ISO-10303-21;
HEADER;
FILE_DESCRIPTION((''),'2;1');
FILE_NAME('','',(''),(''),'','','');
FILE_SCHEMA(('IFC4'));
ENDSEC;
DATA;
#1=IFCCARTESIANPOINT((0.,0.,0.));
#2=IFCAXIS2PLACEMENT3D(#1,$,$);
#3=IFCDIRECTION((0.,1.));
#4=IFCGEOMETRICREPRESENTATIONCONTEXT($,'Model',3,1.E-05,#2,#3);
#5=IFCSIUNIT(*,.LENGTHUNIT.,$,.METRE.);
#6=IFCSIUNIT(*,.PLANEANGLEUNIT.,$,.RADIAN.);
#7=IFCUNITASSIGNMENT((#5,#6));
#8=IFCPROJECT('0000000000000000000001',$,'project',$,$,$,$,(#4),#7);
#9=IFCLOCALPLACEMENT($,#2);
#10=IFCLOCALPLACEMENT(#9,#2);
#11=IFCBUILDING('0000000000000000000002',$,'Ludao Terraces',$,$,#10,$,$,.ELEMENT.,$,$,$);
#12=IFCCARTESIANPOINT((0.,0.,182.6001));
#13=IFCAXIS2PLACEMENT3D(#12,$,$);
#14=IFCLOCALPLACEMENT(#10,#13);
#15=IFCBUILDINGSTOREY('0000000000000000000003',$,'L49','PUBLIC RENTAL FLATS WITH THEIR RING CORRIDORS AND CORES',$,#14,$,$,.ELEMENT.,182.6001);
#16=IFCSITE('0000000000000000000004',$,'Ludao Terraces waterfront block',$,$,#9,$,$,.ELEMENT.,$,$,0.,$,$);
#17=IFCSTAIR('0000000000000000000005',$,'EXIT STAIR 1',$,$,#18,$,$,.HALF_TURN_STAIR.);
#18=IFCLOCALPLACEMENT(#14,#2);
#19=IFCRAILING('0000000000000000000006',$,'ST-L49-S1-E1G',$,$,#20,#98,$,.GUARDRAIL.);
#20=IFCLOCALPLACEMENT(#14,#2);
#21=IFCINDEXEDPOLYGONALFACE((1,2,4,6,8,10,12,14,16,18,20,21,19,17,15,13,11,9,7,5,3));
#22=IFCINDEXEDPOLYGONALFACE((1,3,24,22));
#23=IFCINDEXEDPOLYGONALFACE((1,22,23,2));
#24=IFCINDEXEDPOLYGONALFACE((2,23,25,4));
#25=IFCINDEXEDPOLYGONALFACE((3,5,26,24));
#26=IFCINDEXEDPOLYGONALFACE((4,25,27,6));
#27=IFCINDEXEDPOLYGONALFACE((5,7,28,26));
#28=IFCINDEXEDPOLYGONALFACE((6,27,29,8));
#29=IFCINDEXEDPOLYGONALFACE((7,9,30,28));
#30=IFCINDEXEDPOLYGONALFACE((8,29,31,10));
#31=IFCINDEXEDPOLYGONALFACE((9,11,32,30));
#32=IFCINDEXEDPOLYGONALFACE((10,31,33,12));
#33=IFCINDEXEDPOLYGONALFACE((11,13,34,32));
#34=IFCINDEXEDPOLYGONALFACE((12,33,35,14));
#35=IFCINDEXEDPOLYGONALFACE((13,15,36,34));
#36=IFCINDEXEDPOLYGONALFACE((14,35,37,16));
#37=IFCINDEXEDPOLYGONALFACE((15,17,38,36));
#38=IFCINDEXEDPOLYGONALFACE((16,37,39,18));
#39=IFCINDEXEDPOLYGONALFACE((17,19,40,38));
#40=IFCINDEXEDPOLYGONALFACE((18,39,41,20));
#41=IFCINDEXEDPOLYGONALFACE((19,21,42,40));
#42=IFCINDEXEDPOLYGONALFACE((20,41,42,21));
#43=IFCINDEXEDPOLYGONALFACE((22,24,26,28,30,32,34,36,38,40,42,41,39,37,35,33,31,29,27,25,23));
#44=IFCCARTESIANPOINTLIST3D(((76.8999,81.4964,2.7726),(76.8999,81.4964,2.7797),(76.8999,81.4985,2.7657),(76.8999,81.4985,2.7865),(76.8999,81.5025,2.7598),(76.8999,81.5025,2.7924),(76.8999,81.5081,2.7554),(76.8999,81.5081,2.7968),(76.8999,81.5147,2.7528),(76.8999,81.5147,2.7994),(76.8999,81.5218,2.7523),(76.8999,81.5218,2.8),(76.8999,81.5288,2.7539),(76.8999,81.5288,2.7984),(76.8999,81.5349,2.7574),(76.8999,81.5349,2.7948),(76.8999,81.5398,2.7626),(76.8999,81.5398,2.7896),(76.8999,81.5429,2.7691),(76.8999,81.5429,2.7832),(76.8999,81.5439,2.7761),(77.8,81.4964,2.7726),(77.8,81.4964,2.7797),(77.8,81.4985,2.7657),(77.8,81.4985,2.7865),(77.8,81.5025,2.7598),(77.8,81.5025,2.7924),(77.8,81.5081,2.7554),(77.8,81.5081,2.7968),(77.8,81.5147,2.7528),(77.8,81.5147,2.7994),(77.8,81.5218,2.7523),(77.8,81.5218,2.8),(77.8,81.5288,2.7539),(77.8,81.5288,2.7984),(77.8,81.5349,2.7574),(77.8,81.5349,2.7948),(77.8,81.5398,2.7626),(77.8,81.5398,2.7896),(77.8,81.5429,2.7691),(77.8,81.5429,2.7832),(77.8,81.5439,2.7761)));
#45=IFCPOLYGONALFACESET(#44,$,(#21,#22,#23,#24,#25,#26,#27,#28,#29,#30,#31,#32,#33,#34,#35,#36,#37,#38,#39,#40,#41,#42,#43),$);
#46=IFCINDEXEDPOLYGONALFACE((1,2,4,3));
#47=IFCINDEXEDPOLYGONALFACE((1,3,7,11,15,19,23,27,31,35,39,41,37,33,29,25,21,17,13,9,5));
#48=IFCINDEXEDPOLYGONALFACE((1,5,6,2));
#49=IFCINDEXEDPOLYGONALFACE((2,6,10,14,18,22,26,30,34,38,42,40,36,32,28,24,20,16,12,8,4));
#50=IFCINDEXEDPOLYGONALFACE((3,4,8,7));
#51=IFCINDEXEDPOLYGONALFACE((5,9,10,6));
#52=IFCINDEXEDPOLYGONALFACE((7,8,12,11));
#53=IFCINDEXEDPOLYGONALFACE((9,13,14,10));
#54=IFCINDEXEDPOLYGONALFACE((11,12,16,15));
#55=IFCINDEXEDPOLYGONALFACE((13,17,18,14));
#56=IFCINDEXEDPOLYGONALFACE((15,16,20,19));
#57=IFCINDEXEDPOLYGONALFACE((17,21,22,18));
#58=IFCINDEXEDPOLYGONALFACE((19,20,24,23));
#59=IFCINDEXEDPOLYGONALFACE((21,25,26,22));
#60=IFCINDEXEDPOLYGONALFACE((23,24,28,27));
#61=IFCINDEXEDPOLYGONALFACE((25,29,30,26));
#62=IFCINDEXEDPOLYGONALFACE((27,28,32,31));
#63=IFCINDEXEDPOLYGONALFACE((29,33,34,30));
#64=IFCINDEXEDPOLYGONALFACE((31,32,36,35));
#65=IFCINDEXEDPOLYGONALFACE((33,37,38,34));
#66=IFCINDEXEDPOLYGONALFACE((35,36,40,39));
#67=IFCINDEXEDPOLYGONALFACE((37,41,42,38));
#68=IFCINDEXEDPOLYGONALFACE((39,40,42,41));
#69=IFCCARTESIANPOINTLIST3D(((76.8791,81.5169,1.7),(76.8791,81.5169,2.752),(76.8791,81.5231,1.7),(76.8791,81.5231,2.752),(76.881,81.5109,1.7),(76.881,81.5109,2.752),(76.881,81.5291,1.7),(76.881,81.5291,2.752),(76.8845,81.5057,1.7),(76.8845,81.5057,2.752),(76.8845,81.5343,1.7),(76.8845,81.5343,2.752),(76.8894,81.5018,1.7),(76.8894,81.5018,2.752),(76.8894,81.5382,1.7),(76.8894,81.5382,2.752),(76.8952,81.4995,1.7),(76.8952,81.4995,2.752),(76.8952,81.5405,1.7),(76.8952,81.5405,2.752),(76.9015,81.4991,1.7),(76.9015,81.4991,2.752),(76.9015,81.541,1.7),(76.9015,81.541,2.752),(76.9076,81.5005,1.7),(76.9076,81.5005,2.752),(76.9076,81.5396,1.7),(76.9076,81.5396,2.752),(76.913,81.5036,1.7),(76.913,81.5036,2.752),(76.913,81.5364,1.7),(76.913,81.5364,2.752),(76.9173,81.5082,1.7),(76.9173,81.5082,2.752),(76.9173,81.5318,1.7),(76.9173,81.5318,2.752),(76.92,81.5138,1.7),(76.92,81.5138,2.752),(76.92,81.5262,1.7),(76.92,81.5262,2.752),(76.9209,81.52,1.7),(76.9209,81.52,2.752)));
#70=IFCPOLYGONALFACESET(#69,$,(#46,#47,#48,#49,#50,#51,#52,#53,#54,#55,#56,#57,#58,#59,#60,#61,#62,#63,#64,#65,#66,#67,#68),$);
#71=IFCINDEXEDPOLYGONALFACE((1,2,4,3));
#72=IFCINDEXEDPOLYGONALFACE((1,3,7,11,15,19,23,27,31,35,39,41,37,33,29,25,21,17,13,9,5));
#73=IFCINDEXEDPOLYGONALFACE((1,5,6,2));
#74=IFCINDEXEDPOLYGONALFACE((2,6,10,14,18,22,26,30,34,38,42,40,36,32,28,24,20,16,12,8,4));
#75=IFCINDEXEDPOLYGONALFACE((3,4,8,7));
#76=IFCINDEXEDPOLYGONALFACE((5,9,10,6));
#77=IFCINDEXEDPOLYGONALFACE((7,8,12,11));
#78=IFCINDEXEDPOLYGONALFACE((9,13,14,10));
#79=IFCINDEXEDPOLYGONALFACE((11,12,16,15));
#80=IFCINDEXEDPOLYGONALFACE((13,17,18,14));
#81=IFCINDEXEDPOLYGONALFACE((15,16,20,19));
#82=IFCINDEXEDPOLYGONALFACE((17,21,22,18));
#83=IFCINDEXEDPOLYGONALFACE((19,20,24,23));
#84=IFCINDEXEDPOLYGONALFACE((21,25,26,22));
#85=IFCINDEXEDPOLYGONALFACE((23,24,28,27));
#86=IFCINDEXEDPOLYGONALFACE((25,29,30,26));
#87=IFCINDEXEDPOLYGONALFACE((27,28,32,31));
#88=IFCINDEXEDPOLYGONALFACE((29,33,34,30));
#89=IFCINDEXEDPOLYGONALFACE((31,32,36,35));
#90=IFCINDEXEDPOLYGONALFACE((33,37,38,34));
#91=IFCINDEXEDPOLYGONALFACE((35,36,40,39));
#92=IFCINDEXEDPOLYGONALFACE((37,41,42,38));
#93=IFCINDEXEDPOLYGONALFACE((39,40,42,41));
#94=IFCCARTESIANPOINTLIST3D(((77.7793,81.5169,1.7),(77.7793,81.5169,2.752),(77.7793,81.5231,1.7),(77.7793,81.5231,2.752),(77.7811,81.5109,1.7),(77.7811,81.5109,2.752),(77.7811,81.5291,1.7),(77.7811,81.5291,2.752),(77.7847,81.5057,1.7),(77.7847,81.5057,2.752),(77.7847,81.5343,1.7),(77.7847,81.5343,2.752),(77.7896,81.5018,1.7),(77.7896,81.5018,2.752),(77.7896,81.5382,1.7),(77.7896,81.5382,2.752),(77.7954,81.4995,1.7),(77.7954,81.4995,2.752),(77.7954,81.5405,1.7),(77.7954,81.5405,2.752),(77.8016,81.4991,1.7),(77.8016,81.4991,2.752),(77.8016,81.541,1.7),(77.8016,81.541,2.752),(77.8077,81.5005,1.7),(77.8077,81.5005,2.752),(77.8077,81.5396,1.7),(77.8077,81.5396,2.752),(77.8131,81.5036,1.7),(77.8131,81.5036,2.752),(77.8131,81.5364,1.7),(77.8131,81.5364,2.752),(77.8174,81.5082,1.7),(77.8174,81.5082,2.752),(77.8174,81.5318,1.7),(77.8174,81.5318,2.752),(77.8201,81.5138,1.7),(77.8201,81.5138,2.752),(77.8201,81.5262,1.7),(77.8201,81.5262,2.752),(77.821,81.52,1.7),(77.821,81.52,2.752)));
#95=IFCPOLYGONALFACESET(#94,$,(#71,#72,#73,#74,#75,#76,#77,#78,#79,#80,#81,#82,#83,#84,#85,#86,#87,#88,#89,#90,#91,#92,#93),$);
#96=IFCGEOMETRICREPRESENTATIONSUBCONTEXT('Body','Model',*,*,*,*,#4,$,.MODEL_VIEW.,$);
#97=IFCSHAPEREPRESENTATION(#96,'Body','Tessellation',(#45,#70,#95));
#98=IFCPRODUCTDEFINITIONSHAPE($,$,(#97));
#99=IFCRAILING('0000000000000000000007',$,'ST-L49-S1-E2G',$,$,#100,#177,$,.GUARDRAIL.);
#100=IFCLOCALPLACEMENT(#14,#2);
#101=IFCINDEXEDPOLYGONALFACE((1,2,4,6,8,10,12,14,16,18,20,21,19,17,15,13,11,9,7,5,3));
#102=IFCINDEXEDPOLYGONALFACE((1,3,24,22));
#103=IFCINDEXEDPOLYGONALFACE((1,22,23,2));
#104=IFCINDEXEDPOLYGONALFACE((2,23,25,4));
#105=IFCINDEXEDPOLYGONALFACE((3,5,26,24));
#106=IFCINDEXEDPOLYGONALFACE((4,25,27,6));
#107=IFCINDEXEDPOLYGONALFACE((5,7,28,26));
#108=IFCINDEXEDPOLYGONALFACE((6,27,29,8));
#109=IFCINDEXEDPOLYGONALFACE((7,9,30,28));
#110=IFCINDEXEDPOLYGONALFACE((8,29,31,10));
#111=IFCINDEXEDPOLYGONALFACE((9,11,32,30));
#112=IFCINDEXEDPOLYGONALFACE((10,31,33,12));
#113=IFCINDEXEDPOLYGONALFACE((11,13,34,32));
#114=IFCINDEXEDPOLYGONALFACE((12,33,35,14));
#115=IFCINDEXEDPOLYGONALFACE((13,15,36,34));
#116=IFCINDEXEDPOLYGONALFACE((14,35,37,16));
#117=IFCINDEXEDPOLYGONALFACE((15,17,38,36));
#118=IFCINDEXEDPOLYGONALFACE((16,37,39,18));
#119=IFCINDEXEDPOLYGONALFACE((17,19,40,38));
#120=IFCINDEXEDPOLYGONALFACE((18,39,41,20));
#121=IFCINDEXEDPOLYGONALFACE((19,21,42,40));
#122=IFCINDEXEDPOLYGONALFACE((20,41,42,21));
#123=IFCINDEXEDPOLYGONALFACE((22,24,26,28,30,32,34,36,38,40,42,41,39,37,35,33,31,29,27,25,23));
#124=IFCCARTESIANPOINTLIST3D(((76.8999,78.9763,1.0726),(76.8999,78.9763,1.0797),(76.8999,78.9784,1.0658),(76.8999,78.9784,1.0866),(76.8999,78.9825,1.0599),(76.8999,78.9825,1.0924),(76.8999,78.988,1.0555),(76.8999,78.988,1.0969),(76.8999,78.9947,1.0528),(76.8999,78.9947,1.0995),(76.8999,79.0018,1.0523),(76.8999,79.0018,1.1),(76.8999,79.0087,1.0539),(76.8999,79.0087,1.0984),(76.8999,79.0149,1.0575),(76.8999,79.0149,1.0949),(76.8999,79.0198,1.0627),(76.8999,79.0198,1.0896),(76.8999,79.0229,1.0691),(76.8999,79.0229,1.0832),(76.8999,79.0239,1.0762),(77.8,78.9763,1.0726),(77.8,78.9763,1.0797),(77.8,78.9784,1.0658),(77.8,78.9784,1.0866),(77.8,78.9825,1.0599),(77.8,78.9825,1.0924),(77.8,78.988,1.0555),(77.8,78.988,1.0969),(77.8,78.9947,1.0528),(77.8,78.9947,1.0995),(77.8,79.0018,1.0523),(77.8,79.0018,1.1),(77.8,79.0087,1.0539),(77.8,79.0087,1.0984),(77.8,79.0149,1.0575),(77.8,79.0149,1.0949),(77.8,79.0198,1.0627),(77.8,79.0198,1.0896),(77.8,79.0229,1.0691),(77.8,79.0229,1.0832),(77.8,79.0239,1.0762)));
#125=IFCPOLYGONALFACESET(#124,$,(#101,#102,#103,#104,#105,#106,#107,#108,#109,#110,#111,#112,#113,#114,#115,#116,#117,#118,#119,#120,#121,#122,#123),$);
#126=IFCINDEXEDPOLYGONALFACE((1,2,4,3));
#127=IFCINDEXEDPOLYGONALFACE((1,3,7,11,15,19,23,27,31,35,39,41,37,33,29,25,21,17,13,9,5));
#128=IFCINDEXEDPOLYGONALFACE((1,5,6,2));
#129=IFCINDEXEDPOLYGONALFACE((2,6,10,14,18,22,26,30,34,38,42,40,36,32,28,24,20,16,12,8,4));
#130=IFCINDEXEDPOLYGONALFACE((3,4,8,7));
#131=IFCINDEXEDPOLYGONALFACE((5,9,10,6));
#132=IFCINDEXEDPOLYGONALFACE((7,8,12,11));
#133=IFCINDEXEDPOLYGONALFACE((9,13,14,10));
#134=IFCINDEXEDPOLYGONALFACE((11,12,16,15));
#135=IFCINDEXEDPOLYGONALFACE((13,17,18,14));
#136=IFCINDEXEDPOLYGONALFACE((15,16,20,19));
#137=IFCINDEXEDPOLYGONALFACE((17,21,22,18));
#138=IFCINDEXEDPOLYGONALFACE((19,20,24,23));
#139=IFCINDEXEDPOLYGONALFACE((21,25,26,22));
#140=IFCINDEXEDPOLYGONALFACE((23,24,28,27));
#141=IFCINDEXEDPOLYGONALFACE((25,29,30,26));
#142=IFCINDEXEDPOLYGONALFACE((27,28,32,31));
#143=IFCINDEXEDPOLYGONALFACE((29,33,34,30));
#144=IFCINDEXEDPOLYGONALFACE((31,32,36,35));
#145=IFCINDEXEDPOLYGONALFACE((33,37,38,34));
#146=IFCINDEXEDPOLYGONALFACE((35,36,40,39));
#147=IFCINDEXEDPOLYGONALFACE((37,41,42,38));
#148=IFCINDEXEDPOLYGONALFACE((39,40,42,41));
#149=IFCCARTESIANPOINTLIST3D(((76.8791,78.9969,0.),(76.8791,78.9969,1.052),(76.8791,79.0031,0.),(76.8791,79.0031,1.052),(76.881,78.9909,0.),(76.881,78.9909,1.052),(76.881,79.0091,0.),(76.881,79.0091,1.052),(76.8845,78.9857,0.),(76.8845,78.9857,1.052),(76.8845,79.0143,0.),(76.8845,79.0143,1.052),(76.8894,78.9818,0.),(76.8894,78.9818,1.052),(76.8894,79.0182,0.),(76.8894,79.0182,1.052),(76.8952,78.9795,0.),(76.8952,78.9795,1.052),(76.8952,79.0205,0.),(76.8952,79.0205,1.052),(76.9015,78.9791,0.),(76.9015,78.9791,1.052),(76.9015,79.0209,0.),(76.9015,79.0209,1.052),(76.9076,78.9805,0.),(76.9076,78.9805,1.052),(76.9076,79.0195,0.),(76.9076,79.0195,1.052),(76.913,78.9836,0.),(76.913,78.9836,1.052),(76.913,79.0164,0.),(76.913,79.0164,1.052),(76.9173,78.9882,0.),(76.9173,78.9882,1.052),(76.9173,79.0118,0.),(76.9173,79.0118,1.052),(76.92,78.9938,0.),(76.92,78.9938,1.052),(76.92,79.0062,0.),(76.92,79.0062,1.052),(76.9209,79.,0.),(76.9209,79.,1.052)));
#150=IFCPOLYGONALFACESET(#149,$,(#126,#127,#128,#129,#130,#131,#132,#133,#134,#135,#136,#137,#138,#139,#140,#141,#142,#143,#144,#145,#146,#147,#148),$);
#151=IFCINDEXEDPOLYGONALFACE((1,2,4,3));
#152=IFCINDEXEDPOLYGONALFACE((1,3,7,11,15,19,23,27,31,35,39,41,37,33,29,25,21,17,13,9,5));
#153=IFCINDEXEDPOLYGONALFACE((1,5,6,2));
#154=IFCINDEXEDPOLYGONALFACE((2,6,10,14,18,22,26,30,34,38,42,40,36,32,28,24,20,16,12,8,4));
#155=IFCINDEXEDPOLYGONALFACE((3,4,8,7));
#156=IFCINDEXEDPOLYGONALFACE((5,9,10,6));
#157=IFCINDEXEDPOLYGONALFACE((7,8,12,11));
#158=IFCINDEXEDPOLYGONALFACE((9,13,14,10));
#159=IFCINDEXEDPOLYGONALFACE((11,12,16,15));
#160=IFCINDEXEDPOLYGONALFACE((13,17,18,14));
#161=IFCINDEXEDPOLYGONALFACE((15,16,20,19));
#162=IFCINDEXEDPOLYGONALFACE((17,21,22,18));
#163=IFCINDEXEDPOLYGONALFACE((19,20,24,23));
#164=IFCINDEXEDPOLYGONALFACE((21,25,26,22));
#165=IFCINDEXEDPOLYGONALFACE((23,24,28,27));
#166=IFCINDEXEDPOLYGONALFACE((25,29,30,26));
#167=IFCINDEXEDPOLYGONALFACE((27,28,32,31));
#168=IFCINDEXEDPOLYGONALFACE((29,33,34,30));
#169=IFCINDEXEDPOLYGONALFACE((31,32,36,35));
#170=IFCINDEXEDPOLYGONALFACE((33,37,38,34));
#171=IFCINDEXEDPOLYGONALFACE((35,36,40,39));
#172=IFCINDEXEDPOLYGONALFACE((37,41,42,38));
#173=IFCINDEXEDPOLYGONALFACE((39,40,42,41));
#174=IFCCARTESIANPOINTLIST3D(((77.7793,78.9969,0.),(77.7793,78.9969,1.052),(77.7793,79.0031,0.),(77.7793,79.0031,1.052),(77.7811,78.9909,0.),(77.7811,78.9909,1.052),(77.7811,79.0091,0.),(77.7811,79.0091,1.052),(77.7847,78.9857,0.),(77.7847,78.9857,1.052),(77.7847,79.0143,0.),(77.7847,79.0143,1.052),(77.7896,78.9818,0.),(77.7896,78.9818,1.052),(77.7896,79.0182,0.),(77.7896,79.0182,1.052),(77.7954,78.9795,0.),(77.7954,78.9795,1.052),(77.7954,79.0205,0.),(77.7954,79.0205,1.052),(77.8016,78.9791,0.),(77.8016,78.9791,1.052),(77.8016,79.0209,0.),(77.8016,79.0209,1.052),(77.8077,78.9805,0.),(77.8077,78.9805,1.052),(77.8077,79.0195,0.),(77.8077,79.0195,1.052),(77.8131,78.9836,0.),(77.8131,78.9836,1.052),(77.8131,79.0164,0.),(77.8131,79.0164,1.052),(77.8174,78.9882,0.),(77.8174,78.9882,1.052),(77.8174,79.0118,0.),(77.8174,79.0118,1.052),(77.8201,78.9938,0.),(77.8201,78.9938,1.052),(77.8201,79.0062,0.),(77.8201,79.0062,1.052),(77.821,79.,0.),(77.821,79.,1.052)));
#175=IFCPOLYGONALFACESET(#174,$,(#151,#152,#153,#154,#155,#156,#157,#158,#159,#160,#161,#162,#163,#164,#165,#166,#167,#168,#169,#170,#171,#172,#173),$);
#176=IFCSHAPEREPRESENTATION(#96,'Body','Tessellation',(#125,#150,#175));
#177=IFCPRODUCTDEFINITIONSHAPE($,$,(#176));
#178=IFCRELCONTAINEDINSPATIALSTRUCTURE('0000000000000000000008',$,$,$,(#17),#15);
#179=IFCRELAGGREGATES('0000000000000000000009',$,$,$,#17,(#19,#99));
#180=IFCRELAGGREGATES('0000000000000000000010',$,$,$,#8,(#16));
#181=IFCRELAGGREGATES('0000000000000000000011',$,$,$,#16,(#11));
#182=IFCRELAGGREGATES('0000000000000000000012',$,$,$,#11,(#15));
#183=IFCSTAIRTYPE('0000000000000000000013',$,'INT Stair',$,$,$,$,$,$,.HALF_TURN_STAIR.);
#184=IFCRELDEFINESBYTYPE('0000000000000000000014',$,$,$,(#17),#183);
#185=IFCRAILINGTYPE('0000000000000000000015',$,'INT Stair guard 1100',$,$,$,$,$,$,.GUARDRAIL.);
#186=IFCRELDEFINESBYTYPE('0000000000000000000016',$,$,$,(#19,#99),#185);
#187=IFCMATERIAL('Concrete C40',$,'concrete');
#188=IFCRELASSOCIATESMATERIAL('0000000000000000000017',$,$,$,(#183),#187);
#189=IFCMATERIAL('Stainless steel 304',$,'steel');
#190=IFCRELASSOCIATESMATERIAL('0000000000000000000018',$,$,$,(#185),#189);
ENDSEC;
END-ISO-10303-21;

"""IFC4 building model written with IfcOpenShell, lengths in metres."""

from ifc_helpers import new_model, si_unit, direction, frame, origin, origin_2d, place, context, subcontext, project, spatial, circle, extrude, material, type_object, element, aggregate, save


model = new_model("IFC4")

# Units and contexts
model_context = context("Model", 3, precision=1e-05, world=origin(), true_north=direction((0.0, 1.0)))
body_context = subcontext(model_context, "Body", "Model", "MODEL_VIEW")
ifc_project = project(units=[si_unit("LENGTHUNIT", "METRE"), si_unit("PLANEANGLEUNIT", "RADIAN")], contexts=[model_context])

# Site, building, storey
site_placement = place(None, origin())
site = spatial("IfcSite", under=ifc_project, at=site_placement, Name="Ludao Terraces waterfront block", CompositionType="ELEMENT", RefElevation=0.0)
building_placement = place(site_placement, origin())
building = spatial("IfcBuilding", under=site, at=building_placement, Name="Ludao Terraces", CompositionType="ELEMENT")
storey_placement = place(building_placement, frame((0.0, 0.0, 182.6001)))
storey = spatial("IfcBuildingStorey", under=building, at=storey_placement, Name="L49", Description="PUBLIC RENTAL FLATS WITH THEIR RING CORRIDORS AND CORES", CompositionType="ELEMENT", Elevation=182.6001)

# Shared definitions
ifc_material_1 = material(Name="Stainless steel 304", Category="steel")

# Stair, railings
ifc_material_2 = material(Name="Concrete C40", Category="concrete")
stair_type = type_object("IfcStairType", Name="INT Stair", PredefinedType="HALF_TURN_STAIR", material=ifc_material_2)
stair_placement = place(storey_placement, origin())
stair = element("IfcStair", 1, at=stair_placement, inside=storey, type_object=stair_type, Name="EXIT STAIR 1", PredefinedType="HALF_TURN_STAIR")
railing_type_1 = type_object("IfcRailingType", Name="INT Stair guard 1100", PredefinedType="GUARDRAIL", material=ifc_material_1)
railing_1_placement = place(storey_placement, frame((76.8999, 81.52, 1.7)))
railing_1 = element("IfcRailing", 2, at=railing_1_placement, type_object=railing_type_1, Name="ST-L49-S1-E1G", PredefinedType="GUARDRAIL", context=body_context, shape_type="SweptSolid", body=[
    extrude(circle(Radius=0.0239, at=origin_2d()), frame((0.0, 0.0, 1.0762), z_axis=(1.0, 0.0, 0.0), x_axis=(0.0, 1.0, 0.0)), (0.0, 0.0, 1.0), 0.9001),
    extrude(circle(Radius=0.021, at=origin_2d()), origin(), (0.0, 0.0, 1.0), 1.052),
    extrude(circle(Radius=0.021, at=origin_2d()), frame((0.9001, 0.0, 0.0)), (0.0, 0.0, 1.0), 1.052),
])
railing_2_placement = place(storey_placement, frame((76.8999, 79.0, 0.0)))
railing_2 = element("IfcRailing", 3, at=railing_2_placement, type_object=railing_type_1, Name="ST-L49-S1-E2G", PredefinedType="GUARDRAIL", context=body_context, shape_type="SweptSolid", body=[
    extrude(circle(Radius=0.0239, at=origin_2d()), frame((0.0, 0.0, 1.0762), z_axis=(1.0, 0.0, 0.0), x_axis=(0.0, 1.0, 0.0)), (0.0, 0.0, 1.0), 0.9001),
    extrude(circle(Radius=0.021, at=origin_2d()), origin(), (0.0, 0.0, 1.0), 1.052),
    extrude(circle(Radius=0.021, at=origin_2d()), frame((0.9001, 0.0, 0.0)), (0.0, 0.0, 1.0), 1.052),
])
aggregate(stair, [railing_1, railing_2])

save(model, "model.ifc")
